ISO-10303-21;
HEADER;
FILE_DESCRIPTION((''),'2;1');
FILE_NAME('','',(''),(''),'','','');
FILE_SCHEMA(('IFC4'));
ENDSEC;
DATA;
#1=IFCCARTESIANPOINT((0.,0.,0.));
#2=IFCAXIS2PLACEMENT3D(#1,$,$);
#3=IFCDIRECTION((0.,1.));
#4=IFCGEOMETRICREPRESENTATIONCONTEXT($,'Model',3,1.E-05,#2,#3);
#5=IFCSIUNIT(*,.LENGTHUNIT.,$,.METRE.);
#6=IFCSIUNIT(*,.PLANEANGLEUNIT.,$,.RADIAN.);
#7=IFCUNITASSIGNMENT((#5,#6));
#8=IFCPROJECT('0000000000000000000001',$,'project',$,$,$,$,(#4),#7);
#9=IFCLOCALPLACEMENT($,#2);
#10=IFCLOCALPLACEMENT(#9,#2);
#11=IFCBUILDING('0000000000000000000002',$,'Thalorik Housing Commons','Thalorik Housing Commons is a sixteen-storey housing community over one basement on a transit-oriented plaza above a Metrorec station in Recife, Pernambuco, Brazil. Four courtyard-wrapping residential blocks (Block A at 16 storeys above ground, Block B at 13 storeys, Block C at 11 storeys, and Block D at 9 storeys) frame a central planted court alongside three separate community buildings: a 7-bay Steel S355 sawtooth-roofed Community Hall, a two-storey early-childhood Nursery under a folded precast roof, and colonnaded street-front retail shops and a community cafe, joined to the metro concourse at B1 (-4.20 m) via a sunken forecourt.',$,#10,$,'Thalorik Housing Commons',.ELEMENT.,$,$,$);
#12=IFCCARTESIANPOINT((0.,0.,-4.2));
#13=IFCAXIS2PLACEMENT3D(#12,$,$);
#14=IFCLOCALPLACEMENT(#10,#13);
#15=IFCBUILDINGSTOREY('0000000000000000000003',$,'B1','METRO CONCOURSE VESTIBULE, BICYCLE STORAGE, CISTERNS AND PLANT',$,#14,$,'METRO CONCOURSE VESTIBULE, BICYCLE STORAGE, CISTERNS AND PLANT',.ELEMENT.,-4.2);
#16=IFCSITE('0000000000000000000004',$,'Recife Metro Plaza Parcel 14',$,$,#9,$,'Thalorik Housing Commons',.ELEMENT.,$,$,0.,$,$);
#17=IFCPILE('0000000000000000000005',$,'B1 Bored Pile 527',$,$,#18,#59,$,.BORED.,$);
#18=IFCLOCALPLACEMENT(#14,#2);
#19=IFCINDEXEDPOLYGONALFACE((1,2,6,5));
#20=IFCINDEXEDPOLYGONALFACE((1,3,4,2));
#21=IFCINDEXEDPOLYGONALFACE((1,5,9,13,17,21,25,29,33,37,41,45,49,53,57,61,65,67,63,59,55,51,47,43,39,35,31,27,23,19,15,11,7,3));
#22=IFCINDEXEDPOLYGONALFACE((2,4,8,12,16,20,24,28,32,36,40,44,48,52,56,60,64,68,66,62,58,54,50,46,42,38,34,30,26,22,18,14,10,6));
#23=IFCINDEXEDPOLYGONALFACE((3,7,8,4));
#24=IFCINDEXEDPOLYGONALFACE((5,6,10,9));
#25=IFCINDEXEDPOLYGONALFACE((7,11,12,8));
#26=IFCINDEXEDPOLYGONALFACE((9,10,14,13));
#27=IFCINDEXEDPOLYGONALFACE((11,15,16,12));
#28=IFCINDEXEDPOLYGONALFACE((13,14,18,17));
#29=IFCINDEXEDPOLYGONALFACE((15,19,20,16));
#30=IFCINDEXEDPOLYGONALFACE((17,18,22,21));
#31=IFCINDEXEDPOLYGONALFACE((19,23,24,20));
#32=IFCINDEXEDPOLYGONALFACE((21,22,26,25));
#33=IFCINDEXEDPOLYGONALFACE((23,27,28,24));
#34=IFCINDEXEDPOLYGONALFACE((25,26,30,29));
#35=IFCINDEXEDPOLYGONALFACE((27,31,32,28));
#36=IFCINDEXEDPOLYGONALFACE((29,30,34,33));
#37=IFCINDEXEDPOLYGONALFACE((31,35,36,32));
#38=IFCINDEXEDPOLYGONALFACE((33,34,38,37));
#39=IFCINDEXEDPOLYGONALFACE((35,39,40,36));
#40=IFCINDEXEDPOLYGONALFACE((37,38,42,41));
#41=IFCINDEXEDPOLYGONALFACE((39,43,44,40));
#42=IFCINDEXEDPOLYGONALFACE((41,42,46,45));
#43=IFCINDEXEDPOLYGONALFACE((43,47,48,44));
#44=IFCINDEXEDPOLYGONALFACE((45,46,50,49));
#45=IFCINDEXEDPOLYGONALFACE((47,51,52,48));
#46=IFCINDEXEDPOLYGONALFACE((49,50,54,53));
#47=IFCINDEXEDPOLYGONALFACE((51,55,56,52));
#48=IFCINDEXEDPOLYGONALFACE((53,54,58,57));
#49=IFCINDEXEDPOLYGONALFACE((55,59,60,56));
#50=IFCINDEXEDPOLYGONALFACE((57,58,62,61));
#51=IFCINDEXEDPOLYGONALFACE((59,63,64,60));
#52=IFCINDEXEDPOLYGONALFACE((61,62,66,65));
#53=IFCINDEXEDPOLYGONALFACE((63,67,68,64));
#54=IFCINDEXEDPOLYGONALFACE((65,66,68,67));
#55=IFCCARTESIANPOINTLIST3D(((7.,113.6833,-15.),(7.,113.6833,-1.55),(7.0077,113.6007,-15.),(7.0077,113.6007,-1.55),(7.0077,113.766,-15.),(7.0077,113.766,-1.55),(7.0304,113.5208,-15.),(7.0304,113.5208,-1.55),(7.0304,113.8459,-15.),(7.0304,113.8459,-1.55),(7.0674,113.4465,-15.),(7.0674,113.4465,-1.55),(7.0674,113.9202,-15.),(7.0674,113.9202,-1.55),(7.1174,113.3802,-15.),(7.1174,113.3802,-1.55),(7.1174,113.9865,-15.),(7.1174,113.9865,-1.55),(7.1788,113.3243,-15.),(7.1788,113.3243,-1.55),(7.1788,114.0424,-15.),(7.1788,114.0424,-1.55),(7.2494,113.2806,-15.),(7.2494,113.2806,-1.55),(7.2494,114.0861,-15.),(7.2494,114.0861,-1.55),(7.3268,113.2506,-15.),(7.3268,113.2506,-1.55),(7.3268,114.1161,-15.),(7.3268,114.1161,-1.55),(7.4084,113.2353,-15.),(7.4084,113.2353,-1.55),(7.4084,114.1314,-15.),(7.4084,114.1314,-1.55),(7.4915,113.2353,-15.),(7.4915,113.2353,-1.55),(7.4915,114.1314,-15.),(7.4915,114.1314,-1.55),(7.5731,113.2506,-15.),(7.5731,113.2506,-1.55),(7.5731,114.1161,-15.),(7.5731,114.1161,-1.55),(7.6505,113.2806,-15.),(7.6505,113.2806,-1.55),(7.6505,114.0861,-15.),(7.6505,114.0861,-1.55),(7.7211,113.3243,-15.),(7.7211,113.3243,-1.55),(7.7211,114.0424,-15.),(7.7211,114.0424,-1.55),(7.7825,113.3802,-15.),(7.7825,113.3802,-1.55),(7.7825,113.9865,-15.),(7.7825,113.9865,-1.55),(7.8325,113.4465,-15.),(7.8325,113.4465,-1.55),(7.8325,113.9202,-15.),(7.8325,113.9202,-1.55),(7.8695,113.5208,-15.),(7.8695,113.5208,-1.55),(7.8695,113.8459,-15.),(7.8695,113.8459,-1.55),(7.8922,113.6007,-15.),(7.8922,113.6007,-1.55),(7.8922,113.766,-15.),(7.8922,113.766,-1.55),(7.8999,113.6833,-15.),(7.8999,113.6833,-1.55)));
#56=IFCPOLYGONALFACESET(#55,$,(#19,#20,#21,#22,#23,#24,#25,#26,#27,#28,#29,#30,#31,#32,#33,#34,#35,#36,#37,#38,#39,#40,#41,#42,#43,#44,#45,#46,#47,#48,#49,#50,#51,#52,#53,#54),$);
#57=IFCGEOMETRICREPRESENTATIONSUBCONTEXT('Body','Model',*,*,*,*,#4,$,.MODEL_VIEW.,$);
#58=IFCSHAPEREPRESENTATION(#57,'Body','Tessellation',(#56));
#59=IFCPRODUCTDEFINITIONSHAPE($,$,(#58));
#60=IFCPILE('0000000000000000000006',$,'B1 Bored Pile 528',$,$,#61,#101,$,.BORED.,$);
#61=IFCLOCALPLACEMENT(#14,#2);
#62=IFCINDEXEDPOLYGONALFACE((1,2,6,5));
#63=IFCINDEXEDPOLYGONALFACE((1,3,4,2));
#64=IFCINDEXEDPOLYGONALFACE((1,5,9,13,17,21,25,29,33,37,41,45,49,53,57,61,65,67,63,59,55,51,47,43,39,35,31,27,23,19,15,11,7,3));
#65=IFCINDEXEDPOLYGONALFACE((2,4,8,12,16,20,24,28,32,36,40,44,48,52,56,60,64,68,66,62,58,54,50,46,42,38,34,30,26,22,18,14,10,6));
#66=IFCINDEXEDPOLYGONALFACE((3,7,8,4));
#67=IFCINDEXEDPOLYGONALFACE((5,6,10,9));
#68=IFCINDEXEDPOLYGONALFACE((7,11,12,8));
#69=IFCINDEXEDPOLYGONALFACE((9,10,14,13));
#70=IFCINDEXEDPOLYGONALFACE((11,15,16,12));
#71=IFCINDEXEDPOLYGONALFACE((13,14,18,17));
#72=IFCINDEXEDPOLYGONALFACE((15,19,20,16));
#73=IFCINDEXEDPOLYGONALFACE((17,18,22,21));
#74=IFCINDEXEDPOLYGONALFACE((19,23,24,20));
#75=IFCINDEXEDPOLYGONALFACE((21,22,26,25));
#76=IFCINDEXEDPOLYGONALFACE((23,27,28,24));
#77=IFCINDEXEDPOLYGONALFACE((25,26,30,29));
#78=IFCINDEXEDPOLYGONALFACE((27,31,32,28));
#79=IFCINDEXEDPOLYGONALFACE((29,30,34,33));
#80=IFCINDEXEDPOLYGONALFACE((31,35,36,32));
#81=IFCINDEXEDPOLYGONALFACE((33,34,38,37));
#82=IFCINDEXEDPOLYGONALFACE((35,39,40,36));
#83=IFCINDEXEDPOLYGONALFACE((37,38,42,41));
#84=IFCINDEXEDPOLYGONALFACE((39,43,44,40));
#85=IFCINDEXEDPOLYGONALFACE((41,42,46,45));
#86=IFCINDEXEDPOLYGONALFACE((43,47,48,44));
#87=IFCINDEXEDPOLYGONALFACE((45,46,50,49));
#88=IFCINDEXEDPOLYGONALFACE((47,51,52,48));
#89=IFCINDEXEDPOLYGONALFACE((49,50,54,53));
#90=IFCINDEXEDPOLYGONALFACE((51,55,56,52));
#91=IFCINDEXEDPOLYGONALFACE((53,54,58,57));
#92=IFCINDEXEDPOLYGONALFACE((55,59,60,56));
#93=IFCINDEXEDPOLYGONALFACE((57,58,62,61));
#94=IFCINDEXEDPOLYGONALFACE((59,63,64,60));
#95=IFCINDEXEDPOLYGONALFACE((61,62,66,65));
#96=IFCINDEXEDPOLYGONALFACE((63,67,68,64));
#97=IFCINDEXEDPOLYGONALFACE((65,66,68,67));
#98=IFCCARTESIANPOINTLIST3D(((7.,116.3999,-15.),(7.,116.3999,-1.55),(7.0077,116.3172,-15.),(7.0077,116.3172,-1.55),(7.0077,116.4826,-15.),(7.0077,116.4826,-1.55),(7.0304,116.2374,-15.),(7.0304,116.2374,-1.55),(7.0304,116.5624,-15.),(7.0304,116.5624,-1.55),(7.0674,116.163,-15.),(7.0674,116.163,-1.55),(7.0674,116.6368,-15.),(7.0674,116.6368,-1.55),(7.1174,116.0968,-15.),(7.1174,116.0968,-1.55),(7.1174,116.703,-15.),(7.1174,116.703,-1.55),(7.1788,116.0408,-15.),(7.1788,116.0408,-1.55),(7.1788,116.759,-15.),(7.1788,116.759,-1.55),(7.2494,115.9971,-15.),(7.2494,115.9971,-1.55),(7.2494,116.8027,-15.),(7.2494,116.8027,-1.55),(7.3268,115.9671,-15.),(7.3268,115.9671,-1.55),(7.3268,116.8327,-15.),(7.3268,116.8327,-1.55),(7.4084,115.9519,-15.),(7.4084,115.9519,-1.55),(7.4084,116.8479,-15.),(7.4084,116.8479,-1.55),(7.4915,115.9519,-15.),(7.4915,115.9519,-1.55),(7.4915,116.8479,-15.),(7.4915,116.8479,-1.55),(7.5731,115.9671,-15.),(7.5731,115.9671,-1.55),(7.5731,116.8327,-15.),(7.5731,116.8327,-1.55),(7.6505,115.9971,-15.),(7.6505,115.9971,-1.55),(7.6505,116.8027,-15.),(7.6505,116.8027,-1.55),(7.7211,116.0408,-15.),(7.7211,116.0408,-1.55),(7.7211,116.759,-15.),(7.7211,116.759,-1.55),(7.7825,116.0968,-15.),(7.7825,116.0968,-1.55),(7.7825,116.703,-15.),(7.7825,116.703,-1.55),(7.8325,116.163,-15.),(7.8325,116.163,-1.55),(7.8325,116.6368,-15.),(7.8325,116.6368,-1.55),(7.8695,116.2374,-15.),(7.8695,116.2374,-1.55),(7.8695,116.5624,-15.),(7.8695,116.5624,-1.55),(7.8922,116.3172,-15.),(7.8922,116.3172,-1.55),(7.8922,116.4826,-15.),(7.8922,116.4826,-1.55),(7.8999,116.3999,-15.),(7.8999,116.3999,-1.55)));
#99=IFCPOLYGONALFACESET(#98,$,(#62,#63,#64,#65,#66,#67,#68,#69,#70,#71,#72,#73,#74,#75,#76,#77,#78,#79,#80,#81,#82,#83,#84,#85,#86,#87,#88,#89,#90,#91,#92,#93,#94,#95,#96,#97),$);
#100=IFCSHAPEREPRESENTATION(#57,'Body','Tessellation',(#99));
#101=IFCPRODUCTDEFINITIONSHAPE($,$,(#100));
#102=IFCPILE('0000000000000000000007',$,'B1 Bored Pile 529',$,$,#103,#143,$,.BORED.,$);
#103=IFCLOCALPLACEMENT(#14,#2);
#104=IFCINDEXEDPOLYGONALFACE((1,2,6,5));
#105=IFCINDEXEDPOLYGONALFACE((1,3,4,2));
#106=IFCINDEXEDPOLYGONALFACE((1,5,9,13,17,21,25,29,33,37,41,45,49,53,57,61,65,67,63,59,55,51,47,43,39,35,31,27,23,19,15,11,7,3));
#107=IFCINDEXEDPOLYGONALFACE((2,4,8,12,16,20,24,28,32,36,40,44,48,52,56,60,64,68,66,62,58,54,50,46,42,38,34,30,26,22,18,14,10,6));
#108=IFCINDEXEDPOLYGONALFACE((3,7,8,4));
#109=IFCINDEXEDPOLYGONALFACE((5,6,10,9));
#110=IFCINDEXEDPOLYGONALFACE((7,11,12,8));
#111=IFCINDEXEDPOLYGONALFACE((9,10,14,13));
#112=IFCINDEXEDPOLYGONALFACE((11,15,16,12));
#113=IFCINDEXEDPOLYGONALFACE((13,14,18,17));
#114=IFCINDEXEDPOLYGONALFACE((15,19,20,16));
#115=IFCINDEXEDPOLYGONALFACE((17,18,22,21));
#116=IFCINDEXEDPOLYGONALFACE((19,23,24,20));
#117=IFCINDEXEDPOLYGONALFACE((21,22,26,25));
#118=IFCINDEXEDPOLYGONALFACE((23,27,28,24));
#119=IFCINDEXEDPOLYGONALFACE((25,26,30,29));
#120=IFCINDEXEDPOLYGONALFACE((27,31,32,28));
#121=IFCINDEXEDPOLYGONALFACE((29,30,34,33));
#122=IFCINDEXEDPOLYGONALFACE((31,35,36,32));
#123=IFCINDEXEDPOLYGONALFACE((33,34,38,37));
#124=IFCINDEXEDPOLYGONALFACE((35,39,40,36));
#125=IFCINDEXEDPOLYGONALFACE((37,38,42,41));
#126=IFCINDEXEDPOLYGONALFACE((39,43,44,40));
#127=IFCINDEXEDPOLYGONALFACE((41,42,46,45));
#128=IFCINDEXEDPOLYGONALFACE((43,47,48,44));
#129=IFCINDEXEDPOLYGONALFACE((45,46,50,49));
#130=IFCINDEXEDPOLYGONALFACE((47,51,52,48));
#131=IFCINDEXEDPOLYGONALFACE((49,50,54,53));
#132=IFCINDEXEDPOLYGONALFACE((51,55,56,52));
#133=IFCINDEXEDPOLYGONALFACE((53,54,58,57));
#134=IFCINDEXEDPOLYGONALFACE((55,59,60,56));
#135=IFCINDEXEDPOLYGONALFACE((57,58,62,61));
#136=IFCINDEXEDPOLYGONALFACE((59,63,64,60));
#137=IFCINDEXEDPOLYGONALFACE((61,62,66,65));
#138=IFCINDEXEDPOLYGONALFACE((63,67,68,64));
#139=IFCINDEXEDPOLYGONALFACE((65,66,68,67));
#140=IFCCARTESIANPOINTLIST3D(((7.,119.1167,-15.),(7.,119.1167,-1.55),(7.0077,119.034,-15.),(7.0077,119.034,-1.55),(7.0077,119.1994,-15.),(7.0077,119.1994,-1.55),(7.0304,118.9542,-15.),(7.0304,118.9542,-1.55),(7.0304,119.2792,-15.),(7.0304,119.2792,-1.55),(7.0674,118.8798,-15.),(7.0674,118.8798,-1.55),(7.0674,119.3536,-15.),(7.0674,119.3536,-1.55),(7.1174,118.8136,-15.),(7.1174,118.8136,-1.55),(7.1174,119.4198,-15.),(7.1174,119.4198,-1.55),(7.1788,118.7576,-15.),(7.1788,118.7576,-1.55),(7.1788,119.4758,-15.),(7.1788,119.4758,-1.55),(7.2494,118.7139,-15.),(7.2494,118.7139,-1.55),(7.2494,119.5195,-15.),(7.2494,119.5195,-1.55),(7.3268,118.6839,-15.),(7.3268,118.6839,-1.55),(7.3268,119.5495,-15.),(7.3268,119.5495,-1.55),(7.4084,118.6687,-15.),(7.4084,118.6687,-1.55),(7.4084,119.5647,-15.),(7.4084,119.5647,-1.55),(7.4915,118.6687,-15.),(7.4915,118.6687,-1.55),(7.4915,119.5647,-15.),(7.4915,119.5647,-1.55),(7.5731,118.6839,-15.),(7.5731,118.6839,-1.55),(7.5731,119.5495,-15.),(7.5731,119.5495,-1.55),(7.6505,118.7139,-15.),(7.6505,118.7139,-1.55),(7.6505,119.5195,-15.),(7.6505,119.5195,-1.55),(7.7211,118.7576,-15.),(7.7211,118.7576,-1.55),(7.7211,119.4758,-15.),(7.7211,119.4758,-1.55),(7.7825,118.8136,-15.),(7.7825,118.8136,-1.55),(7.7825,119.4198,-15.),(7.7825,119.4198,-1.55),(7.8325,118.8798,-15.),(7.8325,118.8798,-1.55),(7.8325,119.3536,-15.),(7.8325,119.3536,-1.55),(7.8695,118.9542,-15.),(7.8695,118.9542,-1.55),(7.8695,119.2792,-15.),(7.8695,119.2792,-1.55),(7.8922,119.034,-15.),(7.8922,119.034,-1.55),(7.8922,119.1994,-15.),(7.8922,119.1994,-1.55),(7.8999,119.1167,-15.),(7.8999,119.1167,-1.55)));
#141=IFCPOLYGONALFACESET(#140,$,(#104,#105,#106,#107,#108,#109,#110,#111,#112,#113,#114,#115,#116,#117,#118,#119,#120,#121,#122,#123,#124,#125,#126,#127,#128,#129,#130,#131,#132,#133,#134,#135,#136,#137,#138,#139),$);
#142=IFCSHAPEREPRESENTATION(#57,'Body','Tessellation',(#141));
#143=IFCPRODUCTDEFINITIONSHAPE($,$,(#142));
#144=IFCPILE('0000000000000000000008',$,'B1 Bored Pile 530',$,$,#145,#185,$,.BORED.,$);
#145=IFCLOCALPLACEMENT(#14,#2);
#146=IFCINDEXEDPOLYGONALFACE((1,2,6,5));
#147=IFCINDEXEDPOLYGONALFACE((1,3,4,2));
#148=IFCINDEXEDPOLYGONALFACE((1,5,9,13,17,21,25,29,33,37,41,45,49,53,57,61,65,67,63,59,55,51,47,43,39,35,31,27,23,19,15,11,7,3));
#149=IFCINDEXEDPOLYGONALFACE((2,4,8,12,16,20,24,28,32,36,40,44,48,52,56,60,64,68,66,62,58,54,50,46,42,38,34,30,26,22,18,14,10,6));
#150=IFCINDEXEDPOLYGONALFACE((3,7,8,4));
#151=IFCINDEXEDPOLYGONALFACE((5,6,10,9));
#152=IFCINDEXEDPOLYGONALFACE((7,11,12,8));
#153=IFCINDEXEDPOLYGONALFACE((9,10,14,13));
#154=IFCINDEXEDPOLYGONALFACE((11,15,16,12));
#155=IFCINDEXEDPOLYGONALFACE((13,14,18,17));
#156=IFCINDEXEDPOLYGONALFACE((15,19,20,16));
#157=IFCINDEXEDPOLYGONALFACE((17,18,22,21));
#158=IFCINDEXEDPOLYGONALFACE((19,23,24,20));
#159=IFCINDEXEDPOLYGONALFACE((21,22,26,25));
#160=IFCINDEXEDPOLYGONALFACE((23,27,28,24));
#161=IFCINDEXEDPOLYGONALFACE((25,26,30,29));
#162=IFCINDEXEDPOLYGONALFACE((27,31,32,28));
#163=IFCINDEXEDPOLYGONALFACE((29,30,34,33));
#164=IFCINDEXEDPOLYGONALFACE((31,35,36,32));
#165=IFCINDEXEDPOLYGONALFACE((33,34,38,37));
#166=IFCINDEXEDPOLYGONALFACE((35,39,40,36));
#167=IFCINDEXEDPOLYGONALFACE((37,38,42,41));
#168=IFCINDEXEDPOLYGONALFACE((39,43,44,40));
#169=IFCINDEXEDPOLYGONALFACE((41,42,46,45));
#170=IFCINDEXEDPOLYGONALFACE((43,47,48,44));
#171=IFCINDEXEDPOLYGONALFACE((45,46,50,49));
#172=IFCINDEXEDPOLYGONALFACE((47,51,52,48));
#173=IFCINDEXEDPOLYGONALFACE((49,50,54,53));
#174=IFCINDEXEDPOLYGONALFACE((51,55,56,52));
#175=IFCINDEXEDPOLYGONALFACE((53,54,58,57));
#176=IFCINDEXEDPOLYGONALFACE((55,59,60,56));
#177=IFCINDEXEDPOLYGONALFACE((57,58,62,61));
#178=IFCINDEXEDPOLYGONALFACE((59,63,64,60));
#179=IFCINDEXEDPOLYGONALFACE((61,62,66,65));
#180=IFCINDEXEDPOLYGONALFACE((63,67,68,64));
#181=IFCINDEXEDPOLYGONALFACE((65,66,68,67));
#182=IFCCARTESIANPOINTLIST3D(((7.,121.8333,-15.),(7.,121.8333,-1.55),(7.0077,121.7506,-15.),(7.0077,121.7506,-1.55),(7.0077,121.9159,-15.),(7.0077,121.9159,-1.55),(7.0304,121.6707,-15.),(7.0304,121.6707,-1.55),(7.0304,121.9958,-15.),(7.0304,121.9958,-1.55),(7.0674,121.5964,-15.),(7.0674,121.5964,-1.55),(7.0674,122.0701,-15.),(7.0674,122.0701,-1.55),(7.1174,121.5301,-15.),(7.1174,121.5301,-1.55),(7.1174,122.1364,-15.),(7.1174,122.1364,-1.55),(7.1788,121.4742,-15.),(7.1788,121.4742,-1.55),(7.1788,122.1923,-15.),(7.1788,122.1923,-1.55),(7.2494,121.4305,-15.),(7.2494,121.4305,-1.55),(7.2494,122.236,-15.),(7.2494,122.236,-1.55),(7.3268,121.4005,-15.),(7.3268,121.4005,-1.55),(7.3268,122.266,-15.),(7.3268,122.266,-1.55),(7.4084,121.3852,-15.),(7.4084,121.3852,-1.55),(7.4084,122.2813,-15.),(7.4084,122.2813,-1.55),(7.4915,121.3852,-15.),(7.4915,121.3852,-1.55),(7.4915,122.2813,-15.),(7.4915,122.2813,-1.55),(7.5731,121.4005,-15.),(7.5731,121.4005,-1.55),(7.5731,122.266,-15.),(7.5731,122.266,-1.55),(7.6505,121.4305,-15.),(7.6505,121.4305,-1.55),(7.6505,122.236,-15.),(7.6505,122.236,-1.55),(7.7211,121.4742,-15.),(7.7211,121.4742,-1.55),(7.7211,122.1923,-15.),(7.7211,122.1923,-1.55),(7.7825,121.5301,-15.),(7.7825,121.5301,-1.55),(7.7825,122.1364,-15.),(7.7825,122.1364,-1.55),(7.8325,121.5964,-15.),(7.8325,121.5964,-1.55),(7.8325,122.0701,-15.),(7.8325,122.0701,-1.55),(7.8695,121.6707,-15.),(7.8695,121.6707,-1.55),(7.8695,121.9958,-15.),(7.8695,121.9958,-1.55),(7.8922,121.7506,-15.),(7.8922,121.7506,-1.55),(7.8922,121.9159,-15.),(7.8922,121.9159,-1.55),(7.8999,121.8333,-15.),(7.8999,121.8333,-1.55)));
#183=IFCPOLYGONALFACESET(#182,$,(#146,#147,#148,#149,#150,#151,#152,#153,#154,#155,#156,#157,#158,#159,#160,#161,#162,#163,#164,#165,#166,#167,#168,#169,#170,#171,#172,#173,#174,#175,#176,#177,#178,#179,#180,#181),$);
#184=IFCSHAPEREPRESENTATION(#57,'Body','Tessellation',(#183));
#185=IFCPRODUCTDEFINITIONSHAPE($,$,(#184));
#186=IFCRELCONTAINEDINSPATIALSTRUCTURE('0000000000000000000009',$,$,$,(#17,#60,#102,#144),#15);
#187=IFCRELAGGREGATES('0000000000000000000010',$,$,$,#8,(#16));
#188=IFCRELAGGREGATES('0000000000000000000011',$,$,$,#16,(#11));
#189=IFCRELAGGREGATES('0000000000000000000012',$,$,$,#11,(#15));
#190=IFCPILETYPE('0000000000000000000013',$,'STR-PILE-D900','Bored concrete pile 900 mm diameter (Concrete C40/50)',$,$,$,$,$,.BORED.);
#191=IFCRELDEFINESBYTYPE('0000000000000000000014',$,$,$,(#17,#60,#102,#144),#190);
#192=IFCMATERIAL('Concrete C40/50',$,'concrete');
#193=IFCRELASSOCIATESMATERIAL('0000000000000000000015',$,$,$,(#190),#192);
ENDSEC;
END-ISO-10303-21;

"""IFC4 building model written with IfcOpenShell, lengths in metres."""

from ifc_helpers import new_model, si_unit, direction, frame, origin, origin_2d, place, context, subcontext, project, spatial, circle, extrude, material, material_profile, profile_set, type_object, element, save


model = new_model("IFC4")

# Units and contexts
model_context = context("Model", 3, precision=1e-05, world=origin(), true_north=direction((0.0, 1.0)))
body_context = subcontext(model_context, "Body", "Model", "MODEL_VIEW")
ifc_project = project(units=[si_unit("LENGTHUNIT", "METRE"), si_unit("PLANEANGLEUNIT", "RADIAN")], contexts=[model_context])

# Site, building, storey
site_placement = place(None, origin())
site = spatial("IfcSite", under=ifc_project, at=site_placement, Name="Recife Metro Plaza Parcel 14", LongName="Thalorik Housing Commons", CompositionType="ELEMENT", RefElevation=0.0)
building_placement = place(site_placement, origin())
building = spatial("IfcBuilding", under=site, at=building_placement, Name="Thalorik Housing Commons", Description="Thalorik Housing Commons is a sixteen-storey housing community over one basement on a transit-oriented plaza above a Metrorec station in Recife, Pernambuco, Brazil. Four courtyard-wrapping residential blocks (Block A at 16 storeys above ground, Block B at 13 storeys, Block C at 11 storeys, and Block D at 9 storeys) frame a central planted court alongside three separate community buildings: a 7-bay Steel S355 sawtooth-roofed Community Hall, a two-storey early-childhood Nursery under a folded precast roof, and colonnaded street-front retail shops and a community cafe, joined to the metro concourse at B1 (-4.20 m) via a sunken forecourt.", LongName="Thalorik Housing Commons", CompositionType="ELEMENT")
storey_placement = place(building_placement, frame((0.0, 0.0, -4.2)))
storey = spatial("IfcBuildingStorey", under=building, at=storey_placement, Name="B1", Description="METRO CONCOURSE VESTIBULE, BICYCLE STORAGE, CISTERNS AND PLANT", LongName="METRO CONCOURSE VESTIBULE, BICYCLE STORAGE, CISTERNS AND PLANT", CompositionType="ELEMENT", Elevation=-4.2)

# Piles
ifc_material_1 = material(Name="Concrete C40/50", Category="concrete")
ifc_material_profile_1 = material_profile(ifc_material_1, circle(Radius=0.45, at=origin_2d()), Name="BORED PILE D900", Category="concrete")
ifc_profile_set_1 = profile_set([ifc_material_profile_1], Name="Concrete C40/50")
pile_type = type_object("IfcPileType", Name="STR-PILE-D900", Description="Bored concrete pile 900 mm diameter (Concrete C40/50)", PredefinedType="BORED", material=ifc_profile_set_1)
for number, where, z_axis, x_axis, name in (
    (1, (7.45, 113.6833, -1.55), (0.0, 0.0, -1.0), (1.0, 0.0, 0.0), "B1 Bored Pile 527"),
    (2, (7.45, 116.3999, -1.55), (0.0, 0.0, -1.0), (1.0, 0.0, 0.0), "B1 Bored Pile 528"),
    (3, (7.45, 119.1167, -1.55), (0.0, 0.0, -1.0), (1.0, 0.0, 0.0), "B1 Bored Pile 529"),
    (4, (7.45, 121.8333, -1.55), (0.0, 0.0, -1.0), (1.0, 0.0, 0.0), "B1 Bored Pile 530"),
):
    element("IfcPile", number, at=place(storey_placement, frame(where, z_axis=z_axis, x_axis=x_axis)), inside=storey, type_object=pile_type, Name=name, PredefinedType="BORED", context=body_context, shape_type="SweptSolid", body=[
        extrude(circle(Radius=0.45, at=origin_2d()), origin(), (0.0, 0.0, 1.0), 13.45),
    ])

save(model, "model.ifc")
